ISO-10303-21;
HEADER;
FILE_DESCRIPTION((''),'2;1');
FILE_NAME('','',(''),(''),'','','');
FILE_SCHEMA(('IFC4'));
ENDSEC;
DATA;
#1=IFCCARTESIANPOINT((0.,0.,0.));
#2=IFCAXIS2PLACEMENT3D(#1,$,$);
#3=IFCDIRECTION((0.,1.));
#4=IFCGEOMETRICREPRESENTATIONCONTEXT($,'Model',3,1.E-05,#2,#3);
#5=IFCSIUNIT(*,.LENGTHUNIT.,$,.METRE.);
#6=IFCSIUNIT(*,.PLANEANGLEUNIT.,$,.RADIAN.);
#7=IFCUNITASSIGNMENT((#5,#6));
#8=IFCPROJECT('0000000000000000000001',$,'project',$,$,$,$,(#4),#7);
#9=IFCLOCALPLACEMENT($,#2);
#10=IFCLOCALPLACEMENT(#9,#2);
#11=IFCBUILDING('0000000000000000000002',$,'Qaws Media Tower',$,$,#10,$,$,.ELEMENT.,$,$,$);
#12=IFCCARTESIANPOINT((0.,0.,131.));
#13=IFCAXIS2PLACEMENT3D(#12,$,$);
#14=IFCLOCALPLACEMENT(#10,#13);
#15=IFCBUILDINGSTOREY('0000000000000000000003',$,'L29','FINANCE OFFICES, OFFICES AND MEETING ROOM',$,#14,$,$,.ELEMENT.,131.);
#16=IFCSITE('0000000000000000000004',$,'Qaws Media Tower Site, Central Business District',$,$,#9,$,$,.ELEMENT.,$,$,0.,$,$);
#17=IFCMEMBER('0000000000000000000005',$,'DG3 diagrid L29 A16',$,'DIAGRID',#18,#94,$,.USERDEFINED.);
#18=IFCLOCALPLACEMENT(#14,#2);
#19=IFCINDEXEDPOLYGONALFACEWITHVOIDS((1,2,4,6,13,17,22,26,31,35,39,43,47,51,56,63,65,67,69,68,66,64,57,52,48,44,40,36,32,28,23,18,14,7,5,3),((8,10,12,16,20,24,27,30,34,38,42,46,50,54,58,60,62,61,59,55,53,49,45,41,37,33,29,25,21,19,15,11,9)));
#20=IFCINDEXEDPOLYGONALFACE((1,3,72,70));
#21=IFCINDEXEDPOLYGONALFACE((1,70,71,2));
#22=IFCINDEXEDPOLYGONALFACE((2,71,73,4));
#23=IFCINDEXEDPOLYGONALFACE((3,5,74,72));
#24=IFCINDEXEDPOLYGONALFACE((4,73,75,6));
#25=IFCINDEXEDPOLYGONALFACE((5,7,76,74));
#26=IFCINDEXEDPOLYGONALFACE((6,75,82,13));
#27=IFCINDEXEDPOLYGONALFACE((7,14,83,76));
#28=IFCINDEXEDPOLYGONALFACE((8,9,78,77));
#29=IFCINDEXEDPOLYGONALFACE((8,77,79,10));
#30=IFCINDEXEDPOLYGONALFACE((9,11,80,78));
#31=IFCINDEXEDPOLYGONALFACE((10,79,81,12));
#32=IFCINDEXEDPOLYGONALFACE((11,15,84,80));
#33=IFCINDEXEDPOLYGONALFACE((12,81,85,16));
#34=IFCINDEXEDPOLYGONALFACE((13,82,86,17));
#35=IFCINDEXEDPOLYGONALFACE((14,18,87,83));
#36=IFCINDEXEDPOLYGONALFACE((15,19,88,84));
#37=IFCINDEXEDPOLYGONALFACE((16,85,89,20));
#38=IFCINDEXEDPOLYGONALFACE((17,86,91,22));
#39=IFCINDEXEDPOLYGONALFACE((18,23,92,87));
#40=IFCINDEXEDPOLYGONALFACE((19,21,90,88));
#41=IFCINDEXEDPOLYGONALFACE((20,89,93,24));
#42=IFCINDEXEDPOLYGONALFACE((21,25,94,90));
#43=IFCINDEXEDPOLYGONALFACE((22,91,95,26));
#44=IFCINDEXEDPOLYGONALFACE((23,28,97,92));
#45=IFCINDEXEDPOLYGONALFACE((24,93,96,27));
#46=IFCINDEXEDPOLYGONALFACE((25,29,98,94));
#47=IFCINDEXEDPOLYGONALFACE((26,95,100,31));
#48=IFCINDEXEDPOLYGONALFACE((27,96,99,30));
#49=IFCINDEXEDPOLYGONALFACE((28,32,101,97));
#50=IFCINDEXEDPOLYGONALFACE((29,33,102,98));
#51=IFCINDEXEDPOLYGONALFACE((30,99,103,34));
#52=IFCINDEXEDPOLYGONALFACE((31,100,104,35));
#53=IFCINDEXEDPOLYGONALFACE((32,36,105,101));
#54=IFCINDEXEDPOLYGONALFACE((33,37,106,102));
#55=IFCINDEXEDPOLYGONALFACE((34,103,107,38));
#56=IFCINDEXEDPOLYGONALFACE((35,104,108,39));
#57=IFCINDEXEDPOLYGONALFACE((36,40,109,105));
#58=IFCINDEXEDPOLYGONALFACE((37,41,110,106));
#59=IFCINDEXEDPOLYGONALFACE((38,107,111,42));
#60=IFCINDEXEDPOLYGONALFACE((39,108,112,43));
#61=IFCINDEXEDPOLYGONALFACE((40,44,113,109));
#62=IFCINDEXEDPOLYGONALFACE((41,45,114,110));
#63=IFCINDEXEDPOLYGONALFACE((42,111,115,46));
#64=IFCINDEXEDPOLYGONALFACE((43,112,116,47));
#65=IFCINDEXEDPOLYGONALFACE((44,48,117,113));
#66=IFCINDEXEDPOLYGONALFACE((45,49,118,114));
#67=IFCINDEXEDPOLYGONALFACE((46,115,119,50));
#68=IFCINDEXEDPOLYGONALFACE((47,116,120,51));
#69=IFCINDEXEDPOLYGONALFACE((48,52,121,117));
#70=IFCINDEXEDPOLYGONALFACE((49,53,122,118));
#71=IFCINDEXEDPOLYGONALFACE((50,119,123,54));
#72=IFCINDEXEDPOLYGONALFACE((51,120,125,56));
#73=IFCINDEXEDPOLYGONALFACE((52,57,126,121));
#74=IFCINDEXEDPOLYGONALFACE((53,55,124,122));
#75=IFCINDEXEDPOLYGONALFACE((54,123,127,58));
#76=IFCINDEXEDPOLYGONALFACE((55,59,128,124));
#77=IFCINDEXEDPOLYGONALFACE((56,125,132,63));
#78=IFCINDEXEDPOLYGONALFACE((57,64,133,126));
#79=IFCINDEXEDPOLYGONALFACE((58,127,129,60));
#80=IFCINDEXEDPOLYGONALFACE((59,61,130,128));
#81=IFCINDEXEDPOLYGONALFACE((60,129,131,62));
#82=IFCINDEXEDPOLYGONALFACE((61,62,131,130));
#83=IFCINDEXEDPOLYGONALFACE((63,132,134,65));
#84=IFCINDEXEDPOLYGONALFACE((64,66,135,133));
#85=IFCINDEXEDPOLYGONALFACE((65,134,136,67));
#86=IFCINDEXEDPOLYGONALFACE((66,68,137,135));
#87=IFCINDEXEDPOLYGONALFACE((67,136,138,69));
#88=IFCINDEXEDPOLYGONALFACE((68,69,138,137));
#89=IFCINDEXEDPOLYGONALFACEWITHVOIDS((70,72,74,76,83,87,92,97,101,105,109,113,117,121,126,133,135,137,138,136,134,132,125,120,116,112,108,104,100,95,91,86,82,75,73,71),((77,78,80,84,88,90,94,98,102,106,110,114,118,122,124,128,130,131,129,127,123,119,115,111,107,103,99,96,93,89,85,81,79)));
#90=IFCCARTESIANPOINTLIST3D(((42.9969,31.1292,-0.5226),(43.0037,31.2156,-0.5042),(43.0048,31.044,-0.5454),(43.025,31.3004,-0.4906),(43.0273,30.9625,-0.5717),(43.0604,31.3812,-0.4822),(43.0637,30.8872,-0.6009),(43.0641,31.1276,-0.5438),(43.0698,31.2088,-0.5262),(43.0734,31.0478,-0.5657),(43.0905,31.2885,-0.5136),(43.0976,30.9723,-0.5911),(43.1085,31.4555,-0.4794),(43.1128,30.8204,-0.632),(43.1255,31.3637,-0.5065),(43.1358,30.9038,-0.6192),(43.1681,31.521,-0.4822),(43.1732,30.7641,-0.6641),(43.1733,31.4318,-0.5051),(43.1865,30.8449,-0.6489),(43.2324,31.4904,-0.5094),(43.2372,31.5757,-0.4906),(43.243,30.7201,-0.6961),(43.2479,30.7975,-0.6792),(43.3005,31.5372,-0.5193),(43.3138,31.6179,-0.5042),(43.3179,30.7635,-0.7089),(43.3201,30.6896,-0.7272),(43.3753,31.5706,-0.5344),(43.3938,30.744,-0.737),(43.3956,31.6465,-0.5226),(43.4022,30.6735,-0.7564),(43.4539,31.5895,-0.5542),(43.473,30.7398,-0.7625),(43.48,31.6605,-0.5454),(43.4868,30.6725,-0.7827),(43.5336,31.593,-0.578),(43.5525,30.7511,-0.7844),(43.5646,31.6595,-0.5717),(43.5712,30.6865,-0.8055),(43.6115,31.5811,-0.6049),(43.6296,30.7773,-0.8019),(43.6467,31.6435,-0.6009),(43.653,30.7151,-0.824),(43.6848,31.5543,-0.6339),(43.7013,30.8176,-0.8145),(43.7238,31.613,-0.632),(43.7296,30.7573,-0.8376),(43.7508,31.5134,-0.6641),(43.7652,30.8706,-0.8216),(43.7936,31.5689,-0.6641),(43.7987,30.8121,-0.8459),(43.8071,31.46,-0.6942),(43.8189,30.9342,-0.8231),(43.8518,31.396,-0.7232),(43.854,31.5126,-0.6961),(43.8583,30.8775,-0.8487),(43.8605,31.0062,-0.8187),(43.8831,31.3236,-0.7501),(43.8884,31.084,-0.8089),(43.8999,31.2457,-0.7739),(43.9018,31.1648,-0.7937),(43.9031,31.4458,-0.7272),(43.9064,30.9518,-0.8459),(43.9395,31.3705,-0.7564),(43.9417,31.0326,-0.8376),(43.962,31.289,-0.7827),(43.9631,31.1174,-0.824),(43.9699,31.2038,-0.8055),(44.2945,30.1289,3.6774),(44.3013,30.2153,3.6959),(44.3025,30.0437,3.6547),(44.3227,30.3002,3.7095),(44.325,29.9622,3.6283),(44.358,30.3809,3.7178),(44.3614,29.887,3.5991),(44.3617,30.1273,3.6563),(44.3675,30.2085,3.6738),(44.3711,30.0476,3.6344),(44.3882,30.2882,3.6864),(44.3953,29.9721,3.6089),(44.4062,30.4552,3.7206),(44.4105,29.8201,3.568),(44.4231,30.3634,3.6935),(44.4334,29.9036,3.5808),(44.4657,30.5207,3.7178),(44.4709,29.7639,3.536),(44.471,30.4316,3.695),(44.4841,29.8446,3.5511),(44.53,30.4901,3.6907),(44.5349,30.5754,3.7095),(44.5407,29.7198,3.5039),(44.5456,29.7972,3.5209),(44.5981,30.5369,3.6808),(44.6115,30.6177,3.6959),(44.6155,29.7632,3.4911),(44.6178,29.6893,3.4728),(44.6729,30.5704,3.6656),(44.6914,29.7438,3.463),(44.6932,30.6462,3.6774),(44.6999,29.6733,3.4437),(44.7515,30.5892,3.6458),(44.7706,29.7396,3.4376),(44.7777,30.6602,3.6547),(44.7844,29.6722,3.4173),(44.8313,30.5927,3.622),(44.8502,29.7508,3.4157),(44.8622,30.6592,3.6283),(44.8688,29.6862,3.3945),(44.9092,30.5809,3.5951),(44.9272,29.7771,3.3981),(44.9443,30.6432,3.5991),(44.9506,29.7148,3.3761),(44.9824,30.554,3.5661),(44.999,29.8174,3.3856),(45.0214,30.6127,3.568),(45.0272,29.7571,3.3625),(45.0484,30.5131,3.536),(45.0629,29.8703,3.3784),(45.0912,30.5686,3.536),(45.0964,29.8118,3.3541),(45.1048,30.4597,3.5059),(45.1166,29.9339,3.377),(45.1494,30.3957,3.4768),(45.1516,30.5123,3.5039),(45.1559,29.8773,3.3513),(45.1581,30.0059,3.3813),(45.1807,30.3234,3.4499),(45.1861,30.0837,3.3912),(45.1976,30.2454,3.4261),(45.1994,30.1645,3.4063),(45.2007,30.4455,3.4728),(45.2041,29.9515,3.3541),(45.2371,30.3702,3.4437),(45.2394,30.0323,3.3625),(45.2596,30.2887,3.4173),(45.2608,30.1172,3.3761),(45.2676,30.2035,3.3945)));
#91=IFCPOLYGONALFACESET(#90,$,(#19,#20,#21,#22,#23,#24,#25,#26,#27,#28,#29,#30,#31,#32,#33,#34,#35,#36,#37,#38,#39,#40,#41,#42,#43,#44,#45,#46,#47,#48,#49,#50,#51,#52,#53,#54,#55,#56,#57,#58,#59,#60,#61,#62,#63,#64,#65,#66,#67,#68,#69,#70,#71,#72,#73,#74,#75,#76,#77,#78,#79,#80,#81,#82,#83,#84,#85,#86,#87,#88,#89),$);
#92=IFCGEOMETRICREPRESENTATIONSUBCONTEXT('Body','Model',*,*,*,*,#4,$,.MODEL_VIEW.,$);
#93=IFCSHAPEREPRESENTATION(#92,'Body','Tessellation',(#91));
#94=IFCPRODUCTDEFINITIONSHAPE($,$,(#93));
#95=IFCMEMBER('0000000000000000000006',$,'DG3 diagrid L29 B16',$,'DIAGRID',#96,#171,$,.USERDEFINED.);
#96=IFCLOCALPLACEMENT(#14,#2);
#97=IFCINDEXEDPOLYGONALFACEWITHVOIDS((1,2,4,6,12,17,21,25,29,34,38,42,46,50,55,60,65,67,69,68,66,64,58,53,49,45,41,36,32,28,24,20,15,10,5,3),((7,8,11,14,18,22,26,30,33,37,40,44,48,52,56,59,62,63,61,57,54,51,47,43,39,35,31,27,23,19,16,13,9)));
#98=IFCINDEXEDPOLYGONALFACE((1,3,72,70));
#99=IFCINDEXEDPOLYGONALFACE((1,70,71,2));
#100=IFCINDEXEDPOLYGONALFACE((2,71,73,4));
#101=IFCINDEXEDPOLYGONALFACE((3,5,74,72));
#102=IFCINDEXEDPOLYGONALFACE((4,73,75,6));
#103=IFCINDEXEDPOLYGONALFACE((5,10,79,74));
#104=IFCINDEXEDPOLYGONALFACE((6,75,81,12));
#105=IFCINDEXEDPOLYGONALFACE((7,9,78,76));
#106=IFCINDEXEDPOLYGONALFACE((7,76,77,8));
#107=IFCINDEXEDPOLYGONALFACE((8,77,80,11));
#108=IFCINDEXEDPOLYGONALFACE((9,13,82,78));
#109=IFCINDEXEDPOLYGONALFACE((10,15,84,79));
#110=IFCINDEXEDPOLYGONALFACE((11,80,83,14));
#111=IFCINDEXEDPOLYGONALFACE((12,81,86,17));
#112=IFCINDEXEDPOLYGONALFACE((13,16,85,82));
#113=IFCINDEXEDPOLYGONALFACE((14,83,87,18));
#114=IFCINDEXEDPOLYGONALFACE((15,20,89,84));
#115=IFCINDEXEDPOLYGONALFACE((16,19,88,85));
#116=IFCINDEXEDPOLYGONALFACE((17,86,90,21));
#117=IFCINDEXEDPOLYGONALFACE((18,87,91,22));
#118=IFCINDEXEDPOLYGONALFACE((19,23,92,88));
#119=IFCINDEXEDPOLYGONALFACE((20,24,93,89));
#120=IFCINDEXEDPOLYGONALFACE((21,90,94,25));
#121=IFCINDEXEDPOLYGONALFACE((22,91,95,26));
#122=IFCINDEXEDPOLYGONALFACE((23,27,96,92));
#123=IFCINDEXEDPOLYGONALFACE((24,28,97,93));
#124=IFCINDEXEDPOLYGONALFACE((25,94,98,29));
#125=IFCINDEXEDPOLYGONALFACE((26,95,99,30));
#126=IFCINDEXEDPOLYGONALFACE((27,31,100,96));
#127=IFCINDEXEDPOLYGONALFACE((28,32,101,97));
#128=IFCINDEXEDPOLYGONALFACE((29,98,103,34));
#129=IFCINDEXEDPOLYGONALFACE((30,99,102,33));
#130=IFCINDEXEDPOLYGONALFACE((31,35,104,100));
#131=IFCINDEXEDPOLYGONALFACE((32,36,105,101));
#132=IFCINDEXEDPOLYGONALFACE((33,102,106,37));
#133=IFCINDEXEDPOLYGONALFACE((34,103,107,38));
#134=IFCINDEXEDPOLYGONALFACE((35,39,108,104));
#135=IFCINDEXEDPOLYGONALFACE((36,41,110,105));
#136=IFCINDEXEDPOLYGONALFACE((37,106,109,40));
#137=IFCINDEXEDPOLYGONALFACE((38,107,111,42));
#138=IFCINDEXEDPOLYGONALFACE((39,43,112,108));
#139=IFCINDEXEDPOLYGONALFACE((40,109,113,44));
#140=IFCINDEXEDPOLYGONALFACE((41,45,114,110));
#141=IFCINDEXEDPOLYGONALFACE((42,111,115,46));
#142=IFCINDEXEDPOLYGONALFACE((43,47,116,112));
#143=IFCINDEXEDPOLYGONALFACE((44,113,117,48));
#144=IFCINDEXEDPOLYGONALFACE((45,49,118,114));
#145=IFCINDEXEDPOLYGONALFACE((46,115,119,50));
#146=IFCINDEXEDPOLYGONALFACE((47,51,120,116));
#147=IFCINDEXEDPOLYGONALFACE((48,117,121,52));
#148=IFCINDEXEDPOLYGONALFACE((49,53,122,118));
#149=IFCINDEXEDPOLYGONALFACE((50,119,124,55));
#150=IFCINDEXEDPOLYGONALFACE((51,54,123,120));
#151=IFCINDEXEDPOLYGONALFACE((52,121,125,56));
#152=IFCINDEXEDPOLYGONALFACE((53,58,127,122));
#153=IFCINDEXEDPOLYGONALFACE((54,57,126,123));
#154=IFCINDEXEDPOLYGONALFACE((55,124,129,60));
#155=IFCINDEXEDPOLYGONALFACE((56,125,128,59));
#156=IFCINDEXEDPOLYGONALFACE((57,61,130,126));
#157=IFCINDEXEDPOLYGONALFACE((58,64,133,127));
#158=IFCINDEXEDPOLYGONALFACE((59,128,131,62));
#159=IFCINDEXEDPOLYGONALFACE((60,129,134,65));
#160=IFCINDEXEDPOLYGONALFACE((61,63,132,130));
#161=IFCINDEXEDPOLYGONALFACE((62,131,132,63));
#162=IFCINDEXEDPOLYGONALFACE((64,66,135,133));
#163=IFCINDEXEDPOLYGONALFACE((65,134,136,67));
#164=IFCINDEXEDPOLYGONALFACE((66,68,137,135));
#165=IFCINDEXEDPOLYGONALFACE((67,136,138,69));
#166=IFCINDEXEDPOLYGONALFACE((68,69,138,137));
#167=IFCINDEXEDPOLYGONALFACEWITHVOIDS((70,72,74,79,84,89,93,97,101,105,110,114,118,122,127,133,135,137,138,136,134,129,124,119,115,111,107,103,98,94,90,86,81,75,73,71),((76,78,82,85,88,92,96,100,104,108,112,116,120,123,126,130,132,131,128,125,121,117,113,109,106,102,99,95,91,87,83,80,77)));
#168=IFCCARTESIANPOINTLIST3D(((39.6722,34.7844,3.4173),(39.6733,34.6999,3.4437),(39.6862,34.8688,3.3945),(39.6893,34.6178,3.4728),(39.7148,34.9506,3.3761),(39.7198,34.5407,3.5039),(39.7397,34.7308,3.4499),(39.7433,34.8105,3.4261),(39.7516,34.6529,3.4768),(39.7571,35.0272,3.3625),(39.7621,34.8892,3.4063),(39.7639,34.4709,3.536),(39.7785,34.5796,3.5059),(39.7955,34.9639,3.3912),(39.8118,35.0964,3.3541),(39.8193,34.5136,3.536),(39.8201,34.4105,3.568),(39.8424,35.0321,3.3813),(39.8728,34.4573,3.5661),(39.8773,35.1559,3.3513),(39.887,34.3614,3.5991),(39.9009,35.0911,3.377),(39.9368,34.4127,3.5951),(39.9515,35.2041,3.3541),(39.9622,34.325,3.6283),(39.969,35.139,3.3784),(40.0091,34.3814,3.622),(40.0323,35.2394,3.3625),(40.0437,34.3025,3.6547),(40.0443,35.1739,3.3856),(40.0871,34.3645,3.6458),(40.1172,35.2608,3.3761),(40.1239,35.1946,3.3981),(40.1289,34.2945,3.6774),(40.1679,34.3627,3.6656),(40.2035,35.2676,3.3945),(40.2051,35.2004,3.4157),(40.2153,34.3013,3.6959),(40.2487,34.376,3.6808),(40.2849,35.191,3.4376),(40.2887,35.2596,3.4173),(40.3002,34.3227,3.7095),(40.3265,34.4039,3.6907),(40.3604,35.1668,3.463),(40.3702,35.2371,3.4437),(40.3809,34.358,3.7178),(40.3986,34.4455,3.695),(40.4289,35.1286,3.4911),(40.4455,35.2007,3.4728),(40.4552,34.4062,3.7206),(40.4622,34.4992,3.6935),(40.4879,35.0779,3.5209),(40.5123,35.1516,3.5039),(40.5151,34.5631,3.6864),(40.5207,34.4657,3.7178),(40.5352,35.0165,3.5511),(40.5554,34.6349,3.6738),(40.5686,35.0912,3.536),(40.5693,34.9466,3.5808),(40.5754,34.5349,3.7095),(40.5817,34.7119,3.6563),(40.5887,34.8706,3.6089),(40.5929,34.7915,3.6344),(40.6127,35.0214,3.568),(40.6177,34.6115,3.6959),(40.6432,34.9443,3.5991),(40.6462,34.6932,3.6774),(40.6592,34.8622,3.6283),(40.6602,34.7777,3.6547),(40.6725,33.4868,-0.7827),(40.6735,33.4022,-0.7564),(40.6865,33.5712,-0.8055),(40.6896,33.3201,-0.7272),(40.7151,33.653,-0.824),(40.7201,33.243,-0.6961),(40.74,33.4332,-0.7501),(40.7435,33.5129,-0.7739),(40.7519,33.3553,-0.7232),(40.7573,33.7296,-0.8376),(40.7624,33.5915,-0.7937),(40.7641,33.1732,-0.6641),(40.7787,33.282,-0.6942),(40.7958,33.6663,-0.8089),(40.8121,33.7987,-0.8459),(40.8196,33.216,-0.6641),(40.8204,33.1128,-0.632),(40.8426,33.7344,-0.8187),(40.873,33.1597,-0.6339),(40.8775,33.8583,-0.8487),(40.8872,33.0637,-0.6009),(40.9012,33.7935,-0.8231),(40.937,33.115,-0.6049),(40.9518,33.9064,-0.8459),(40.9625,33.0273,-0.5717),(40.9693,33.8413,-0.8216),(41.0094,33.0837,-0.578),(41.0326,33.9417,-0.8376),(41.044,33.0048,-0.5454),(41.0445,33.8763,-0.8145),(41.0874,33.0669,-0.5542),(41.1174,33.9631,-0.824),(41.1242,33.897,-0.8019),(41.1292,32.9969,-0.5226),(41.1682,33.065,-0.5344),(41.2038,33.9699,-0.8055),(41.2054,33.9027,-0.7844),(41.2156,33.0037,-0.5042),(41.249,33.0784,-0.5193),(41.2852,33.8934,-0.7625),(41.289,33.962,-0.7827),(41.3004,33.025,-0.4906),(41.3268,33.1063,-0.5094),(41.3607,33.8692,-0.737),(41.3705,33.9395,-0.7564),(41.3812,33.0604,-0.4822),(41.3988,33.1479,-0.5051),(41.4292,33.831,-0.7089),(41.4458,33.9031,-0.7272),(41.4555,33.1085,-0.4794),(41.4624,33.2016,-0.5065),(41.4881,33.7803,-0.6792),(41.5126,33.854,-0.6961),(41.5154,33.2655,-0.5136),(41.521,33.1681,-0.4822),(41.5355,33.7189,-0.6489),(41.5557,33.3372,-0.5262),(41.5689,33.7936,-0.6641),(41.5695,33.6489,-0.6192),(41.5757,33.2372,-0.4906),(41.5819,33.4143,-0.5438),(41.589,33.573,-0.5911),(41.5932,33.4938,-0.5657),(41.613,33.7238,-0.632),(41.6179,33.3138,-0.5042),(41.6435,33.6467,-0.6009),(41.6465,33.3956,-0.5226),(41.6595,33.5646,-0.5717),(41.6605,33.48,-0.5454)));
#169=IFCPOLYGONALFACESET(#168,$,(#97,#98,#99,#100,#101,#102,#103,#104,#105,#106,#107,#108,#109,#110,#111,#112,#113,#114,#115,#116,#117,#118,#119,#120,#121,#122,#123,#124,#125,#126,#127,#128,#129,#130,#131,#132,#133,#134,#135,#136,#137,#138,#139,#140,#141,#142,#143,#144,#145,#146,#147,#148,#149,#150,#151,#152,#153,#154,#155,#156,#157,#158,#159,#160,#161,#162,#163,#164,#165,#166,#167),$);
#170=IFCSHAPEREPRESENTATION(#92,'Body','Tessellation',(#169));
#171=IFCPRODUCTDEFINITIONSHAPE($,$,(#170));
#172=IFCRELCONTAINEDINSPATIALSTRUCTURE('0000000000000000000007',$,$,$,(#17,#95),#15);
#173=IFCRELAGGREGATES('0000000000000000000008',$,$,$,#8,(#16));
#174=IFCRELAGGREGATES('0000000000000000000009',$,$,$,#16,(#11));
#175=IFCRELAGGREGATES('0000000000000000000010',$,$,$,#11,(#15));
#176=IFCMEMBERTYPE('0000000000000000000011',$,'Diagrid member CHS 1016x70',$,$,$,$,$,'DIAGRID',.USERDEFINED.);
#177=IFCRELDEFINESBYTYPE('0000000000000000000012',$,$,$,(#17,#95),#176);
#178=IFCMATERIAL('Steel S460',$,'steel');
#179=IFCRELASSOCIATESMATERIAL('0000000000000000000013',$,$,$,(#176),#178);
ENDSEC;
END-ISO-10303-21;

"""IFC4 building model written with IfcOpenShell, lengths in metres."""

from ifc_helpers import new_model, si_unit, direction, frame, origin, origin_2d, place, context, subcontext, project, spatial, hollow_circle, extrude, material, material_profile, profile_set, type_object, element, save


model = new_model("IFC4")

# Units and contexts
model_context = context("Model", 3, precision=1e-05, world=origin(), true_north=direction((0.0, 1.0)))
body_context = subcontext(model_context, "Body", "Model", "MODEL_VIEW")
ifc_project = project(units=[si_unit("LENGTHUNIT", "METRE"), si_unit("PLANEANGLEUNIT", "RADIAN")], contexts=[model_context])

# Site, building, storey
site_placement = place(None, origin())
site = spatial("IfcSite", under=ifc_project, at=site_placement, Name="Qaws Media Tower Site, Central Business District", CompositionType="ELEMENT", RefElevation=0.0)
building_placement = place(site_placement, origin())
building = spatial("IfcBuilding", under=site, at=building_placement, Name="Qaws Media Tower", CompositionType="ELEMENT")
storey_placement = place(building_placement, frame((0.0, 0.0, 131.0)))
storey = spatial("IfcBuildingStorey", under=building, at=storey_placement, Name="L29", Description="FINANCE OFFICES, OFFICES AND MEETING ROOM", CompositionType="ELEMENT", Elevation=131.0)

# Members
ifc_material_1 = material(Name="Steel S460", Category="steel")
ifc_material_profile_1 = material_profile(ifc_material_1, hollow_circle(Radius=0.5081, WallThickness=0.0701, at=origin_2d()), Name="CHS 1016x70")
ifc_profile_set_1 = profile_set([ifc_material_profile_1], Name="Steel S460")
member_type_1 = type_object("IfcMemberType", Name="Diagrid member CHS 1016x70", ElementType="DIAGRID", PredefinedType="USERDEFINED", material=ifc_profile_set_1)
for number, where, z_axis, x_axis, name in (
    (1, (43.4834, 31.1665, -0.6641), (0.287833, -0.221872, 0.931625), (0.61051, 0.792009, 0.0), "DG3 diagrid L29 A16"),
    (2, (41.1665, 33.4834, -0.6641), (-0.221872, 0.287833, 0.931625), (-0.792009, -0.61051, 0.0), "DG3 diagrid L29 B16"),
):
    element("IfcMember", number, at=place(storey_placement, frame(where, z_axis=z_axis, x_axis=x_axis)), inside=storey, type_object=member_type_1, Name=name, ObjectType="DIAGRID", PredefinedType="USERDEFINED", context=body_context, shape_type="SweptSolid", body=[
        extrude(hollow_circle(Radius=0.5081, WallThickness=0.0701, at=origin_2d()), origin(), (0.0, 0.0, 1.0), 4.5083),
    ])

save(model, "model.ifc")
